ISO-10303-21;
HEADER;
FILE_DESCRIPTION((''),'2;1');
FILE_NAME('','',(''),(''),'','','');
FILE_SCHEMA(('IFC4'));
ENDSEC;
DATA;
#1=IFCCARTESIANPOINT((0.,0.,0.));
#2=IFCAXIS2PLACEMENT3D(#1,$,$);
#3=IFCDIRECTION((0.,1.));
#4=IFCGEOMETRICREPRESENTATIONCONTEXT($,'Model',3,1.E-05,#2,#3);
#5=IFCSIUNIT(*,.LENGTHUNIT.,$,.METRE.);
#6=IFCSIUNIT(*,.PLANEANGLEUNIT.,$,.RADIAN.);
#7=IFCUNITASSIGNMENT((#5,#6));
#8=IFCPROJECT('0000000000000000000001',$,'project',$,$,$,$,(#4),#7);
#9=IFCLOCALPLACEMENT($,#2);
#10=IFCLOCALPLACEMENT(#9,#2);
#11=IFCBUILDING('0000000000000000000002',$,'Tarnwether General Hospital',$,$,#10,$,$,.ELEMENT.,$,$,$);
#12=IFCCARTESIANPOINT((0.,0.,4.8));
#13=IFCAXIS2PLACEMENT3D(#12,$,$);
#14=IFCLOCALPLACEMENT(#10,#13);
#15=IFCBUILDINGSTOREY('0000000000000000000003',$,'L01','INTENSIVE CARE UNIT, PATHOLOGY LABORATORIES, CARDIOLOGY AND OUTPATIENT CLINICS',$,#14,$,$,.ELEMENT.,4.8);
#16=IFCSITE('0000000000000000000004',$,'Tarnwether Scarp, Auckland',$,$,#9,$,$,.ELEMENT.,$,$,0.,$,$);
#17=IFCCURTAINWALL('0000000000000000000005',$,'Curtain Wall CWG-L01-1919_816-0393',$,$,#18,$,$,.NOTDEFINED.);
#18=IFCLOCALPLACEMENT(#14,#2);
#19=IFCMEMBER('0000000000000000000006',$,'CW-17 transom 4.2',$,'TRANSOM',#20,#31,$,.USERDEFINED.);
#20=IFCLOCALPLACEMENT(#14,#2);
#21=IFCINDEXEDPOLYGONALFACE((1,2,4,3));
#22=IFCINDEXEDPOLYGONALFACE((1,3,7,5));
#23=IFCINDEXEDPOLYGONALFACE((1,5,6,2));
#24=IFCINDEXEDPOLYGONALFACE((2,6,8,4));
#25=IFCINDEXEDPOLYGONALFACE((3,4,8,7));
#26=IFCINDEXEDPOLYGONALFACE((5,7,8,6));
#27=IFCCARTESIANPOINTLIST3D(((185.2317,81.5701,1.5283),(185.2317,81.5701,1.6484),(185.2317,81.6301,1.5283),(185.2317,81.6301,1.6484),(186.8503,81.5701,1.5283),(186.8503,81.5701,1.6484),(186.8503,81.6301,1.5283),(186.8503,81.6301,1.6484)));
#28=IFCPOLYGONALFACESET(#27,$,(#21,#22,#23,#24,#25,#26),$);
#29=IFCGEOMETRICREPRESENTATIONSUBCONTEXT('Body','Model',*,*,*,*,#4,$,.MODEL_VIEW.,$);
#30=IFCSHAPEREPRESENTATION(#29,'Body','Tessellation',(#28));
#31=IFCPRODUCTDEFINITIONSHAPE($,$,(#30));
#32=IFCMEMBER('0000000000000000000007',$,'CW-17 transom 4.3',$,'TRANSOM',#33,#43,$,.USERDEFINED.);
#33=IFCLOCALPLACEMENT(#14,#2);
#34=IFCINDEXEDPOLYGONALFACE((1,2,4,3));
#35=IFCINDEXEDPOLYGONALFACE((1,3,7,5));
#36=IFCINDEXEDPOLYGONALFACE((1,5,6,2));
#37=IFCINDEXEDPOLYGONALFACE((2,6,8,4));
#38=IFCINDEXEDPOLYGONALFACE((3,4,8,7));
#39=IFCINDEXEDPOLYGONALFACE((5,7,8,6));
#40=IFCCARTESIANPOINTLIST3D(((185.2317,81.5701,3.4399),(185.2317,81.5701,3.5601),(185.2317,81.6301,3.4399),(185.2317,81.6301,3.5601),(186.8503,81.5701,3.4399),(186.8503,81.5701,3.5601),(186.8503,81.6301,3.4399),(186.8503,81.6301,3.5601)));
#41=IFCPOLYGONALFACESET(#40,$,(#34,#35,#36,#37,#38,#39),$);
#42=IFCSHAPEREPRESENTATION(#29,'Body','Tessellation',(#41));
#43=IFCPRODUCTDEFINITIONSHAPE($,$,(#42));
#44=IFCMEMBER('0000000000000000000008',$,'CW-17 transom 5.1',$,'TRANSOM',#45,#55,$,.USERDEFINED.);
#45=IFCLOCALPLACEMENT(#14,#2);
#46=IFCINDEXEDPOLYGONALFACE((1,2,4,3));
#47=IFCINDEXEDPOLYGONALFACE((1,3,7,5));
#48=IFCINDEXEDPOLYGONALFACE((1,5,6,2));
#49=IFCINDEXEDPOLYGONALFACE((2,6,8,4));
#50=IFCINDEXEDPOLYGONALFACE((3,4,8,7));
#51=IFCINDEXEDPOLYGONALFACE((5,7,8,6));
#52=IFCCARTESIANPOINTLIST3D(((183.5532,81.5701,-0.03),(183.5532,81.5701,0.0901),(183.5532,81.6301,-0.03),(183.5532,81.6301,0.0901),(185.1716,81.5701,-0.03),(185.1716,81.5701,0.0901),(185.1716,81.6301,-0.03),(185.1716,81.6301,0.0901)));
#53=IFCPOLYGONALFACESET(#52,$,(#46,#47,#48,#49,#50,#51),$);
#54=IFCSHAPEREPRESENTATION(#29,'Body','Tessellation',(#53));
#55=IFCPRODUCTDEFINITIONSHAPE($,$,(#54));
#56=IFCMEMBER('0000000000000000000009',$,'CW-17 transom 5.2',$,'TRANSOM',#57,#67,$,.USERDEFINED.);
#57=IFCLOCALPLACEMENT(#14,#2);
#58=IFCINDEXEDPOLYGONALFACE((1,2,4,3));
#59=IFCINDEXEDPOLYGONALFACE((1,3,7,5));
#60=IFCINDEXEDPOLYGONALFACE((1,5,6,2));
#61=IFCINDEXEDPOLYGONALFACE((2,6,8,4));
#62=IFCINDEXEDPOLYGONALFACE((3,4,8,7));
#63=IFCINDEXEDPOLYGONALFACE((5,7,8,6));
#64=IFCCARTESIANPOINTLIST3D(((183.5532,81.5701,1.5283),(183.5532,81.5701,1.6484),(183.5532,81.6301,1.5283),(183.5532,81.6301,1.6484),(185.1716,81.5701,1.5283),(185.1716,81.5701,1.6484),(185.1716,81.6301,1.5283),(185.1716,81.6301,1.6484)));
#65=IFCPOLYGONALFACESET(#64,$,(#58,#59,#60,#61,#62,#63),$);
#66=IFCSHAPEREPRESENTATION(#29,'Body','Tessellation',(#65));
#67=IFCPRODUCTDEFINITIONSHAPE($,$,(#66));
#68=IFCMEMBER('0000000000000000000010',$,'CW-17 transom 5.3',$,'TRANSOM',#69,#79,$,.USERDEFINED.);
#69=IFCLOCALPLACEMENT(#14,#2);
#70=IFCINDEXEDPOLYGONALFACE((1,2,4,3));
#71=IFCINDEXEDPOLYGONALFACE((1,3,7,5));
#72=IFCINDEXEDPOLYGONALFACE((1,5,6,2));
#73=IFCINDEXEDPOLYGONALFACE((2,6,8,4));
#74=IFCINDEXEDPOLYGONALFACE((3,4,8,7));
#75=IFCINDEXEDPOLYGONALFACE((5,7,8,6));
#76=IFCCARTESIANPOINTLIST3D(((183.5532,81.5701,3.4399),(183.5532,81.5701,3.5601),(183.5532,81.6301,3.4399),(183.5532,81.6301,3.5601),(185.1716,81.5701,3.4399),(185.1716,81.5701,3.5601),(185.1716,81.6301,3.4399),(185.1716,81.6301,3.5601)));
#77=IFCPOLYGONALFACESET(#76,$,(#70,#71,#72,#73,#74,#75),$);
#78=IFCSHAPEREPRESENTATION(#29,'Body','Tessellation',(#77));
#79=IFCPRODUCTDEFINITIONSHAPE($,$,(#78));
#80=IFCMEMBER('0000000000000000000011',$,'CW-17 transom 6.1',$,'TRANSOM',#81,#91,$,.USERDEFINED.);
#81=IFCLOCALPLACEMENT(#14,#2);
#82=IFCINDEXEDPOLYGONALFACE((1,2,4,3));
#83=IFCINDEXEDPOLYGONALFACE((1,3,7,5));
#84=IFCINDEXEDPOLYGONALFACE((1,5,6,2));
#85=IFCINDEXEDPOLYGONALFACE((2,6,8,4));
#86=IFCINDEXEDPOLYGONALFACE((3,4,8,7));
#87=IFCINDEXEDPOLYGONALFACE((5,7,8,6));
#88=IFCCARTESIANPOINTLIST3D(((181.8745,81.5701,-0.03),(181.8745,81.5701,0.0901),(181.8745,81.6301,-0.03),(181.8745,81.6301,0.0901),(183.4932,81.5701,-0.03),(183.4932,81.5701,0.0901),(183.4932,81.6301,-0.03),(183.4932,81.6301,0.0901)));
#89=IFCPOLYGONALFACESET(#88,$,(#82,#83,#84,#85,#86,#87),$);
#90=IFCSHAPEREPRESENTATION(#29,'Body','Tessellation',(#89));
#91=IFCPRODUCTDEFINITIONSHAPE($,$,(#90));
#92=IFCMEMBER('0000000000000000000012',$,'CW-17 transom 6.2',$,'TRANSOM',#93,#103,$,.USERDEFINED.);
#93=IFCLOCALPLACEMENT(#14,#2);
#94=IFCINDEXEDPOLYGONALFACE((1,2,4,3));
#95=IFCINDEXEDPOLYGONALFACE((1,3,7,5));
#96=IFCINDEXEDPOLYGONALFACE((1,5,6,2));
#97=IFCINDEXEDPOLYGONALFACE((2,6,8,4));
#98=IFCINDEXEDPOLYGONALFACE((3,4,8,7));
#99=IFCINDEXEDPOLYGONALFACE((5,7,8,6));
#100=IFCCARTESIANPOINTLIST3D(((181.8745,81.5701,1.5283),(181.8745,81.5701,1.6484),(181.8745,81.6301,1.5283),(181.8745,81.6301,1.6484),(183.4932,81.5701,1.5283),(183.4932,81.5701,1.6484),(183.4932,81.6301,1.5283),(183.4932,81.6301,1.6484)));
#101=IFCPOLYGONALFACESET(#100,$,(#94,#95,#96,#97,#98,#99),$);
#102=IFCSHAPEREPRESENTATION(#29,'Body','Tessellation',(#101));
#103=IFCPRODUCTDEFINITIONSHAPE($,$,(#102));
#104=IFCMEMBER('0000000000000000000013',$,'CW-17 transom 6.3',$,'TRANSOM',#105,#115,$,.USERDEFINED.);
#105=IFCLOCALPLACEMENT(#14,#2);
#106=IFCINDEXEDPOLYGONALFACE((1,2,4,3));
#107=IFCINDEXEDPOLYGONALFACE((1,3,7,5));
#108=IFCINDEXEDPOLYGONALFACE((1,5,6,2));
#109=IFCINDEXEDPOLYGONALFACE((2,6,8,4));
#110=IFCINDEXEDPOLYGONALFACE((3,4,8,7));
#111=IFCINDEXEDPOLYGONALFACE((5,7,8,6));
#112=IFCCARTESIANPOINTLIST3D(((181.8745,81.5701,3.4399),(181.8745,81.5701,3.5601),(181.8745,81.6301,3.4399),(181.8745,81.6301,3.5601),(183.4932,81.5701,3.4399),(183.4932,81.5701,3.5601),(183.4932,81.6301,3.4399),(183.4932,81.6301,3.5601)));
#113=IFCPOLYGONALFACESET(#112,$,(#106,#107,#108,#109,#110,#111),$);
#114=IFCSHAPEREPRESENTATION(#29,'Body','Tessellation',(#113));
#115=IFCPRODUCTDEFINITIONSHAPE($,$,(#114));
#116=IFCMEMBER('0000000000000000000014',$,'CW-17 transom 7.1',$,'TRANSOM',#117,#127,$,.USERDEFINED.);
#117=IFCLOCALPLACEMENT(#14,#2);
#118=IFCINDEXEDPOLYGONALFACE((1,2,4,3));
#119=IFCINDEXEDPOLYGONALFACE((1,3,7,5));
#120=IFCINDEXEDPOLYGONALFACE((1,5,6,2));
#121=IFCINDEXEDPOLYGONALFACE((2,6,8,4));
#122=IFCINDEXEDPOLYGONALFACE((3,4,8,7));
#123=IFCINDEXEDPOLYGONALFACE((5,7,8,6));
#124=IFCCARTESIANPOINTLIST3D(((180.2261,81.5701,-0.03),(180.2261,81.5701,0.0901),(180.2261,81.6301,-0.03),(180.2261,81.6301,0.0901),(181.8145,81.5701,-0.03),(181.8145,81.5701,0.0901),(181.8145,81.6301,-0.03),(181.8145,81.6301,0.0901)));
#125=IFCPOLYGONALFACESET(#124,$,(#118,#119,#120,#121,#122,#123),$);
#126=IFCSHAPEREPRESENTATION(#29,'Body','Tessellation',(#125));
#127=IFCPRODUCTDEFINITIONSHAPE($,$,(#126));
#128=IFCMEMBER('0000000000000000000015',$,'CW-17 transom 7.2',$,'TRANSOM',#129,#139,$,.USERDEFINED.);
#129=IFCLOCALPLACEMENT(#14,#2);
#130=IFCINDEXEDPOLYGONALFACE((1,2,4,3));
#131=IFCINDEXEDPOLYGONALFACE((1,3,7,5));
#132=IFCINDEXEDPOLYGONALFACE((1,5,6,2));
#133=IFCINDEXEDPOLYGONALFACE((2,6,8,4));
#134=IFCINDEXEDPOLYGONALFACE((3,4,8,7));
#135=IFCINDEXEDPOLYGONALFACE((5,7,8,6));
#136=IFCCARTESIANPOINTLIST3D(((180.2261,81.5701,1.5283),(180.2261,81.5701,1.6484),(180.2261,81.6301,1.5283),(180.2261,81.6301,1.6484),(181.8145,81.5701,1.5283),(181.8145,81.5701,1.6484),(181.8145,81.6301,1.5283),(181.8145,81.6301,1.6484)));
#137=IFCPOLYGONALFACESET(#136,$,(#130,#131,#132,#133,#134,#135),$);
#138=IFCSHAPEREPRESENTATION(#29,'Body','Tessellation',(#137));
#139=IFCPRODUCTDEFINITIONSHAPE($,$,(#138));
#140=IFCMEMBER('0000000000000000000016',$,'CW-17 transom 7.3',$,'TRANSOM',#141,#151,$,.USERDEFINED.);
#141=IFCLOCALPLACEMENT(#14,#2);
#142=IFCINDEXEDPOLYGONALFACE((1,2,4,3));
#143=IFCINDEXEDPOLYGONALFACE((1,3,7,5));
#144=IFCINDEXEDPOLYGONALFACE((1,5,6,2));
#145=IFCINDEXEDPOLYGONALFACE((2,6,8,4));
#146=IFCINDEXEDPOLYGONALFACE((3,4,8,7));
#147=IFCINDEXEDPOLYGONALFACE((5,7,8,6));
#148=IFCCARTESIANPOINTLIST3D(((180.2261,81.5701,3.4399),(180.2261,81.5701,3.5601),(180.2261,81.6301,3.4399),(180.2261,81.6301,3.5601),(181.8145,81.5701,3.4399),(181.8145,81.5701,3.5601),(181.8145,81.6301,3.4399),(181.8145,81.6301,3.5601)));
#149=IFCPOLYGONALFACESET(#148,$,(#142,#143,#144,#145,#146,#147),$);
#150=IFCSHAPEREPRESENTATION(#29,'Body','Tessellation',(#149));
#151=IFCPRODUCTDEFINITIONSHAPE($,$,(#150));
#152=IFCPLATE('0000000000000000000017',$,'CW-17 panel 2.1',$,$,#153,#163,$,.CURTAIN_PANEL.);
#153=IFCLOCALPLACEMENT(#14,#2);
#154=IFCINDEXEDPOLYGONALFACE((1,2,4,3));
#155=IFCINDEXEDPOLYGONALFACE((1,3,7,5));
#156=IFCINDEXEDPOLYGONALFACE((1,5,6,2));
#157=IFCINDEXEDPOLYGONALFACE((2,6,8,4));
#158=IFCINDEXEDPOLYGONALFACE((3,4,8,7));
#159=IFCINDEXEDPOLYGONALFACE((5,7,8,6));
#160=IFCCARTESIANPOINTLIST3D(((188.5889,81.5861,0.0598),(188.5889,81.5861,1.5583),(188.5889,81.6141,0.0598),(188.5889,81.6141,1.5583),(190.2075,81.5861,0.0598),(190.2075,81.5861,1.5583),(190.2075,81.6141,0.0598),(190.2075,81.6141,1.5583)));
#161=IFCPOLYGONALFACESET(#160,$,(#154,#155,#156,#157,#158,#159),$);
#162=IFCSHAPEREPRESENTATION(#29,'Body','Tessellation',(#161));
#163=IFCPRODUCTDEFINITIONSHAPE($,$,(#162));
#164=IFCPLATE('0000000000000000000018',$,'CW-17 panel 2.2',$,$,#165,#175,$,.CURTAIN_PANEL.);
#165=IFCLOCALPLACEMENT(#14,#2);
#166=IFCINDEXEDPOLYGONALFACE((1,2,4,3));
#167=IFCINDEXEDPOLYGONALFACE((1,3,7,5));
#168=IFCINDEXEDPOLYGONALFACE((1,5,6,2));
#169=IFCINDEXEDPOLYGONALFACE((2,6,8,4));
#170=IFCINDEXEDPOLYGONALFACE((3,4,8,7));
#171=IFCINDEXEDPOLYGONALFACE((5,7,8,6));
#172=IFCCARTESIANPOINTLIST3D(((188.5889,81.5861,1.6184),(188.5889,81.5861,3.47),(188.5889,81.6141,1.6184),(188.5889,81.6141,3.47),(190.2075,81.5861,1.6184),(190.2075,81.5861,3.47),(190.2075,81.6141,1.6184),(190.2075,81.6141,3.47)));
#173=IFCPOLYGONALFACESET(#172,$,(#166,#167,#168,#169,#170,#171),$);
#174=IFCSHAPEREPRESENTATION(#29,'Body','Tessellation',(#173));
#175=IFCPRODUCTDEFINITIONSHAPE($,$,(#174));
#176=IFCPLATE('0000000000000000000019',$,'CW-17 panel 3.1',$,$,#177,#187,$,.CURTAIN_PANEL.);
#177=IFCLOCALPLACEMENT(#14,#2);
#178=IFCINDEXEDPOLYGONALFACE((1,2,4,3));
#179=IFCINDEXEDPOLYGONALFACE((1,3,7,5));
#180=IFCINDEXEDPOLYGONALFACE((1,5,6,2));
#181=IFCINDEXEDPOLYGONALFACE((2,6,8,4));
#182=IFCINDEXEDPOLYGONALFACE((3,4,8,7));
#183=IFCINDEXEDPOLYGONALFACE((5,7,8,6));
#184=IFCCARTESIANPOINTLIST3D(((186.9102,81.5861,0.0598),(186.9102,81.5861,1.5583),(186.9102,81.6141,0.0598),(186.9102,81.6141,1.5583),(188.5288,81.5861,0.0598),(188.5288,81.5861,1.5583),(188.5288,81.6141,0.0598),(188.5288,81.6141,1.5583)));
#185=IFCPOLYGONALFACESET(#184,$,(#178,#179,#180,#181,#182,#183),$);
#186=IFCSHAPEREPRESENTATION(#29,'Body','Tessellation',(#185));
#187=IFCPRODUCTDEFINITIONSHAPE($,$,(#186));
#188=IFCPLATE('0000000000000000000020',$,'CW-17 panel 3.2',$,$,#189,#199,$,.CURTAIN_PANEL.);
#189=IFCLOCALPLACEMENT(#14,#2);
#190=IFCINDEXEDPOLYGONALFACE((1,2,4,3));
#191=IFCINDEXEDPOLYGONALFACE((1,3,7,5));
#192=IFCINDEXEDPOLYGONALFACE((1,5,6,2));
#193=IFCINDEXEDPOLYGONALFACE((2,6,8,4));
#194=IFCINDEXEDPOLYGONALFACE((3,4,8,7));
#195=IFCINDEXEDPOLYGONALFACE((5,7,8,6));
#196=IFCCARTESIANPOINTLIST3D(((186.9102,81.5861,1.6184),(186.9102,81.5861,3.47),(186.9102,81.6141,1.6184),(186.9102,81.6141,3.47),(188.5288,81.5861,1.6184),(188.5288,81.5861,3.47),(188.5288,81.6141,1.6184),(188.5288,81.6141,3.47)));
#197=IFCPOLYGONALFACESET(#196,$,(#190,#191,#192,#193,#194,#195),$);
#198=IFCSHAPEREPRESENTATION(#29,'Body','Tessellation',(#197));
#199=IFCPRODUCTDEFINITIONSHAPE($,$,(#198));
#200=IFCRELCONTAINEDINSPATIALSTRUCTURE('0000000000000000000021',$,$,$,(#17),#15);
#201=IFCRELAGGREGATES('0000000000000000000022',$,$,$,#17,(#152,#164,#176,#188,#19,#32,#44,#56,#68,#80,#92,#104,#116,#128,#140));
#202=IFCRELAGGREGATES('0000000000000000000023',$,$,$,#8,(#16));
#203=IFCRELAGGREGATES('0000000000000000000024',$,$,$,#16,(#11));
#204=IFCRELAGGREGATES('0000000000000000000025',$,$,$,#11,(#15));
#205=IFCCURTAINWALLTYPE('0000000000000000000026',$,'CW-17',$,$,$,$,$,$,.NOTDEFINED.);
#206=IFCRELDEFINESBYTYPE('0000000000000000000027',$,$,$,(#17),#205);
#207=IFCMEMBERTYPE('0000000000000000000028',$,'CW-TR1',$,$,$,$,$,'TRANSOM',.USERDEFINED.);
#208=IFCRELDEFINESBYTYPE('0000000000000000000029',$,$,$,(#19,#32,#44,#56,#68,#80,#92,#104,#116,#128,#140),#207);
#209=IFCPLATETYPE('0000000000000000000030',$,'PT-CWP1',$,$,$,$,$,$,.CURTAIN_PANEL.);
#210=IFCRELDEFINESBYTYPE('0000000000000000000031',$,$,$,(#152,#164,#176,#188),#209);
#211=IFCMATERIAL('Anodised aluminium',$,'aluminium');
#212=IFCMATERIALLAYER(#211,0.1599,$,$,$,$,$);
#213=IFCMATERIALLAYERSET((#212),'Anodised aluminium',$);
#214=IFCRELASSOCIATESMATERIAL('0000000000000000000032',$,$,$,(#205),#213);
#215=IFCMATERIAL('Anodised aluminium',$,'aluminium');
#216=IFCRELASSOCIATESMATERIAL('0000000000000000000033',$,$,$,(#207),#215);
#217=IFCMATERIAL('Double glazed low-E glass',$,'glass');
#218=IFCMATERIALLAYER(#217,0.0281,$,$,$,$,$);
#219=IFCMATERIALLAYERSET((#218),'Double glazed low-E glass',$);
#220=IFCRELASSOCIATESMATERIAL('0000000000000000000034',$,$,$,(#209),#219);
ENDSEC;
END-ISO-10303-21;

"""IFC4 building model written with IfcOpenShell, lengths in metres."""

from ifc_helpers import new_model, si_unit, direction, frame, origin, origin_2d, place, context, subcontext, project, spatial, rectangle, extrude, material, layer, layer_set, material_profile, profile_set, type_object, element, aggregate, save


model = new_model("IFC4")

# Units and contexts
model_context = context("Model", 3, precision=1e-05, world=origin(), true_north=direction((0.0, 1.0)))
body_context = subcontext(model_context, "Body", "Model", "MODEL_VIEW")
ifc_project = project(units=[si_unit("LENGTHUNIT", "METRE"), si_unit("PLANEANGLEUNIT", "RADIAN")], contexts=[model_context])

# Site, building, storey
site_placement = place(None, origin())
site = spatial("IfcSite", under=ifc_project, at=site_placement, Name="Tarnwether Scarp, Auckland", CompositionType="ELEMENT", RefElevation=0.0)
building_placement = place(site_placement, origin())
building = spatial("IfcBuilding", under=site, at=building_placement, Name="Tarnwether General Hospital", CompositionType="ELEMENT")
storey_placement = place(building_placement, frame((0.0, 0.0, 4.8)))
storey = spatial("IfcBuildingStorey", under=building, at=storey_placement, Name="L01", Description="INTENSIVE CARE UNIT, PATHOLOGY LABORATORIES, CARDIOLOGY AND OUTPATIENT CLINICS", CompositionType="ELEMENT", Elevation=4.8)

# Curtain wall, members, plates
ifc_material_1 = material(Name="Anodised aluminium", Category="aluminium")
ifc_layer_1 = layer(ifc_material_1, 0.1599)
ifc_layer_set_1 = layer_set([ifc_layer_1], Name="Anodised aluminium")
curtain_wall_type = type_object("IfcCurtainWallType", Name="CW-17", PredefinedType="NOTDEFINED", material=ifc_layer_set_1)
curtain_wall_placement = place(storey_placement, origin())
curtain_wall = element("IfcCurtainWall", 1, at=curtain_wall_placement, inside=storey, type_object=curtain_wall_type, Name="Curtain Wall CWG-L01-1919_816-0393", PredefinedType="NOTDEFINED")
ifc_material_2 = material(Name="Anodised aluminium", Category="aluminium")
ifc_material_profile_1 = material_profile(ifc_material_2, rectangle(XDim=0.0601, YDim=0.1201, at=origin_2d()), Name="ALU-TRN-60x120")
ifc_profile_set_1 = profile_set([ifc_material_profile_1], Name="Anodised aluminium")
member_type_1 = type_object("IfcMemberType", Name="CW-TR1", ElementType="TRANSOM", PredefinedType="USERDEFINED", material=ifc_profile_set_1)
member_1_placement = place(storey_placement, frame((186.8503, 81.6001, 1.5884), z_axis=(-1.0, 0.0, 0.0), x_axis=(0.0, -1.0, 0.0)))
member_1 = element("IfcMember", 2, at=member_1_placement, type_object=member_type_1, Name="CW-17 transom 4.2", ObjectType="TRANSOM", PredefinedType="USERDEFINED", context=body_context, shape_type="SweptSolid", body=[
    extrude(rectangle(XDim=0.0601, YDim=0.1201, at=origin_2d()), origin(), (0.0, 0.0, 1.0), 1.6187),
])
member_2_placement = place(storey_placement, frame((186.8503, 81.6001, 3.5), z_axis=(-1.0, 0.0, 0.0), x_axis=(0.0, -1.0, 0.0)))
member_2 = element("IfcMember", 3, at=member_2_placement, type_object=member_type_1, Name="CW-17 transom 4.3", ObjectType="TRANSOM", PredefinedType="USERDEFINED", context=body_context, shape_type="SweptSolid", body=[
    extrude(rectangle(XDim=0.0601, YDim=0.1201, at=origin_2d()), origin(), (0.0, 0.0, 1.0), 1.6187),
])
member_3_placement = place(storey_placement, frame((185.1716, 81.6001, 0.03), z_axis=(-1.0, 0.0, 0.0), x_axis=(0.0, -1.0, 0.0)))
member_3 = element("IfcMember", 4, at=member_3_placement, type_object=member_type_1, Name="CW-17 transom 5.1", ObjectType="TRANSOM", PredefinedType="USERDEFINED", context=body_context, shape_type="SweptSolid", body=[
    extrude(rectangle(XDim=0.0601, YDim=0.1201, at=origin_2d()), origin(), (0.0, 0.0, 1.0), 1.6184),
])
member_4_placement = place(storey_placement, frame((185.1716, 81.6001, 1.5884), z_axis=(-1.0, 0.0, 0.0), x_axis=(0.0, -1.0, 0.0)))
member_4 = element("IfcMember", 5, at=member_4_placement, type_object=member_type_1, Name="CW-17 transom 5.2", ObjectType="TRANSOM", PredefinedType="USERDEFINED", context=body_context, shape_type="SweptSolid", body=[
    extrude(rectangle(XDim=0.0601, YDim=0.1201, at=origin_2d()), origin(), (0.0, 0.0, 1.0), 1.6184),
])
member_5_placement = place(storey_placement, frame((185.1716, 81.6001, 3.5), z_axis=(-1.0, 0.0, 0.0), x_axis=(0.0, -1.0, 0.0)))
member_5 = element("IfcMember", 6, at=member_5_placement, type_object=member_type_1, Name="CW-17 transom 5.3", ObjectType="TRANSOM", PredefinedType="USERDEFINED", context=body_context, shape_type="SweptSolid", body=[
    extrude(rectangle(XDim=0.0601, YDim=0.1201, at=origin_2d()), origin(), (0.0, 0.0, 1.0), 1.6184),
])
member_6_placement = place(storey_placement, frame((183.4932, 81.6001, 0.03), z_axis=(-1.0, 0.0, 0.0), x_axis=(0.0, -1.0, 0.0)))
member_6 = element("IfcMember", 7, at=member_6_placement, type_object=member_type_1, Name="CW-17 transom 6.1", ObjectType="TRANSOM", PredefinedType="USERDEFINED", context=body_context, shape_type="SweptSolid", body=[
    extrude(rectangle(XDim=0.0601, YDim=0.1201, at=origin_2d()), origin(), (0.0, 0.0, 1.0), 1.6187),
])
member_7_placement = place(storey_placement, frame((183.4932, 81.6001, 1.5884), z_axis=(-1.0, 0.0, 0.0), x_axis=(0.0, -1.0, 0.0)))
member_7 = element("IfcMember", 8, at=member_7_placement, type_object=member_type_1, Name="CW-17 transom 6.2", ObjectType="TRANSOM", PredefinedType="USERDEFINED", context=body_context, shape_type="SweptSolid", body=[
    extrude(rectangle(XDim=0.0601, YDim=0.1201, at=origin_2d()), origin(), (0.0, 0.0, 1.0), 1.6187),
])
member_8_placement = place(storey_placement, frame((183.4932, 81.6001, 3.5), z_axis=(-1.0, 0.0, 0.0), x_axis=(0.0, -1.0, 0.0)))
member_8 = element("IfcMember", 9, at=member_8_placement, type_object=member_type_1, Name="CW-17 transom 6.3", ObjectType="TRANSOM", PredefinedType="USERDEFINED", context=body_context, shape_type="SweptSolid", body=[
    extrude(rectangle(XDim=0.0601, YDim=0.1201, at=origin_2d()), origin(), (0.0, 0.0, 1.0), 1.6187),
])
member_9_placement = place(storey_placement, frame((181.8145, 81.6001, 0.03), z_axis=(-1.0, 0.0, 0.0), x_axis=(0.0, -1.0, 0.0)))
member_9 = element("IfcMember", 10, at=member_9_placement, type_object=member_type_1, Name="CW-17 transom 7.1", ObjectType="TRANSOM", PredefinedType="USERDEFINED", context=body_context, shape_type="SweptSolid", body=[
    extrude(rectangle(XDim=0.0601, YDim=0.1201, at=origin_2d()), origin(), (0.0, 0.0, 1.0), 1.5884),
])
member_10_placement = place(storey_placement, frame((181.8145, 81.6001, 1.5884), z_axis=(-1.0, 0.0, 0.0), x_axis=(0.0, -1.0, 0.0)))
member_10 = element("IfcMember", 11, at=member_10_placement, type_object=member_type_1, Name="CW-17 transom 7.2", ObjectType="TRANSOM", PredefinedType="USERDEFINED", context=body_context, shape_type="SweptSolid", body=[
    extrude(rectangle(XDim=0.0601, YDim=0.1201, at=origin_2d()), origin(), (0.0, 0.0, 1.0), 1.5884),
])
member_11_placement = place(storey_placement, frame((181.8145, 81.6001, 3.5), z_axis=(-1.0, 0.0, 0.0), x_axis=(0.0, -1.0, 0.0)))
member_11 = element("IfcMember", 12, at=member_11_placement, type_object=member_type_1, Name="CW-17 transom 7.3", ObjectType="TRANSOM", PredefinedType="USERDEFINED", context=body_context, shape_type="SweptSolid", body=[
    extrude(rectangle(XDim=0.0601, YDim=0.1201, at=origin_2d()), origin(), (0.0, 0.0, 1.0), 1.5884),
])
ifc_material_3 = material(Name="Double glazed low-E glass", Category="glass")
ifc_layer_2 = layer(ifc_material_3, 0.0281)
ifc_layer_set_2 = layer_set([ifc_layer_2], Name="Double glazed low-E glass")
plate_type = type_object("IfcPlateType", Name="PT-CWP1", PredefinedType="CURTAIN_PANEL", material=ifc_layer_set_2)
plate_1_placement = place(storey_placement, frame((189.3982, 81.6001, 0.0598), z_axis=(0.0, 0.0, 1.0), x_axis=(-1.0, 0.0, 0.0)))
plate_1 = element("IfcPlate", 13, at=plate_1_placement, type_object=plate_type, Name="CW-17 panel 2.1", PredefinedType="CURTAIN_PANEL", context=body_context, shape_type="SweptSolid", body=[
    extrude(rectangle(XDim=1.6187, YDim=0.0281, at=origin_2d()), origin(), (0.0, 0.0, 1.0), 1.4985),
])
plate_2_placement = place(storey_placement, frame((189.3982, 81.6001, 1.6184), z_axis=(0.0, 0.0, 1.0), x_axis=(-1.0, 0.0, 0.0)))
plate_2 = element("IfcPlate", 14, at=plate_2_placement, type_object=plate_type, Name="CW-17 panel 2.2", PredefinedType="CURTAIN_PANEL", context=body_context, shape_type="SweptSolid", body=[
    extrude(rectangle(XDim=1.6187, YDim=0.0281, at=origin_2d()), origin(), (0.0, 0.0, 1.0), 1.8516),
])
plate_3_placement = place(storey_placement, frame((187.7195, 81.6001, 0.0598), z_axis=(0.0, 0.0, 1.0), x_axis=(-1.0, 0.0, 0.0)))
plate_3 = element("IfcPlate", 15, at=plate_3_placement, type_object=plate_type, Name="CW-17 panel 3.1", PredefinedType="CURTAIN_PANEL", context=body_context, shape_type="SweptSolid", body=[
    extrude(rectangle(XDim=1.6187, YDim=0.0281, at=origin_2d()), origin(), (0.0, 0.0, 1.0), 1.4985),
])
plate_4_placement = place(storey_placement, frame((187.7195, 81.6001, 1.6184), z_axis=(0.0, 0.0, 1.0), x_axis=(-1.0, 0.0, 0.0)))
plate_4 = element("IfcPlate", 16, at=plate_4_placement, type_object=plate_type, Name="CW-17 panel 3.2", PredefinedType="CURTAIN_PANEL", context=body_context, shape_type="SweptSolid", body=[
    extrude(rectangle(XDim=1.6187, YDim=0.0281, at=origin_2d()), origin(), (0.0, 0.0, 1.0), 1.8516),
])
aggregate(curtain_wall, [plate_1, plate_2, plate_3, plate_4, member_1, member_2, member_3, member_4, member_5, member_6, member_7, member_8, member_9, member_10, member_11])

save(model, "model.ifc")
